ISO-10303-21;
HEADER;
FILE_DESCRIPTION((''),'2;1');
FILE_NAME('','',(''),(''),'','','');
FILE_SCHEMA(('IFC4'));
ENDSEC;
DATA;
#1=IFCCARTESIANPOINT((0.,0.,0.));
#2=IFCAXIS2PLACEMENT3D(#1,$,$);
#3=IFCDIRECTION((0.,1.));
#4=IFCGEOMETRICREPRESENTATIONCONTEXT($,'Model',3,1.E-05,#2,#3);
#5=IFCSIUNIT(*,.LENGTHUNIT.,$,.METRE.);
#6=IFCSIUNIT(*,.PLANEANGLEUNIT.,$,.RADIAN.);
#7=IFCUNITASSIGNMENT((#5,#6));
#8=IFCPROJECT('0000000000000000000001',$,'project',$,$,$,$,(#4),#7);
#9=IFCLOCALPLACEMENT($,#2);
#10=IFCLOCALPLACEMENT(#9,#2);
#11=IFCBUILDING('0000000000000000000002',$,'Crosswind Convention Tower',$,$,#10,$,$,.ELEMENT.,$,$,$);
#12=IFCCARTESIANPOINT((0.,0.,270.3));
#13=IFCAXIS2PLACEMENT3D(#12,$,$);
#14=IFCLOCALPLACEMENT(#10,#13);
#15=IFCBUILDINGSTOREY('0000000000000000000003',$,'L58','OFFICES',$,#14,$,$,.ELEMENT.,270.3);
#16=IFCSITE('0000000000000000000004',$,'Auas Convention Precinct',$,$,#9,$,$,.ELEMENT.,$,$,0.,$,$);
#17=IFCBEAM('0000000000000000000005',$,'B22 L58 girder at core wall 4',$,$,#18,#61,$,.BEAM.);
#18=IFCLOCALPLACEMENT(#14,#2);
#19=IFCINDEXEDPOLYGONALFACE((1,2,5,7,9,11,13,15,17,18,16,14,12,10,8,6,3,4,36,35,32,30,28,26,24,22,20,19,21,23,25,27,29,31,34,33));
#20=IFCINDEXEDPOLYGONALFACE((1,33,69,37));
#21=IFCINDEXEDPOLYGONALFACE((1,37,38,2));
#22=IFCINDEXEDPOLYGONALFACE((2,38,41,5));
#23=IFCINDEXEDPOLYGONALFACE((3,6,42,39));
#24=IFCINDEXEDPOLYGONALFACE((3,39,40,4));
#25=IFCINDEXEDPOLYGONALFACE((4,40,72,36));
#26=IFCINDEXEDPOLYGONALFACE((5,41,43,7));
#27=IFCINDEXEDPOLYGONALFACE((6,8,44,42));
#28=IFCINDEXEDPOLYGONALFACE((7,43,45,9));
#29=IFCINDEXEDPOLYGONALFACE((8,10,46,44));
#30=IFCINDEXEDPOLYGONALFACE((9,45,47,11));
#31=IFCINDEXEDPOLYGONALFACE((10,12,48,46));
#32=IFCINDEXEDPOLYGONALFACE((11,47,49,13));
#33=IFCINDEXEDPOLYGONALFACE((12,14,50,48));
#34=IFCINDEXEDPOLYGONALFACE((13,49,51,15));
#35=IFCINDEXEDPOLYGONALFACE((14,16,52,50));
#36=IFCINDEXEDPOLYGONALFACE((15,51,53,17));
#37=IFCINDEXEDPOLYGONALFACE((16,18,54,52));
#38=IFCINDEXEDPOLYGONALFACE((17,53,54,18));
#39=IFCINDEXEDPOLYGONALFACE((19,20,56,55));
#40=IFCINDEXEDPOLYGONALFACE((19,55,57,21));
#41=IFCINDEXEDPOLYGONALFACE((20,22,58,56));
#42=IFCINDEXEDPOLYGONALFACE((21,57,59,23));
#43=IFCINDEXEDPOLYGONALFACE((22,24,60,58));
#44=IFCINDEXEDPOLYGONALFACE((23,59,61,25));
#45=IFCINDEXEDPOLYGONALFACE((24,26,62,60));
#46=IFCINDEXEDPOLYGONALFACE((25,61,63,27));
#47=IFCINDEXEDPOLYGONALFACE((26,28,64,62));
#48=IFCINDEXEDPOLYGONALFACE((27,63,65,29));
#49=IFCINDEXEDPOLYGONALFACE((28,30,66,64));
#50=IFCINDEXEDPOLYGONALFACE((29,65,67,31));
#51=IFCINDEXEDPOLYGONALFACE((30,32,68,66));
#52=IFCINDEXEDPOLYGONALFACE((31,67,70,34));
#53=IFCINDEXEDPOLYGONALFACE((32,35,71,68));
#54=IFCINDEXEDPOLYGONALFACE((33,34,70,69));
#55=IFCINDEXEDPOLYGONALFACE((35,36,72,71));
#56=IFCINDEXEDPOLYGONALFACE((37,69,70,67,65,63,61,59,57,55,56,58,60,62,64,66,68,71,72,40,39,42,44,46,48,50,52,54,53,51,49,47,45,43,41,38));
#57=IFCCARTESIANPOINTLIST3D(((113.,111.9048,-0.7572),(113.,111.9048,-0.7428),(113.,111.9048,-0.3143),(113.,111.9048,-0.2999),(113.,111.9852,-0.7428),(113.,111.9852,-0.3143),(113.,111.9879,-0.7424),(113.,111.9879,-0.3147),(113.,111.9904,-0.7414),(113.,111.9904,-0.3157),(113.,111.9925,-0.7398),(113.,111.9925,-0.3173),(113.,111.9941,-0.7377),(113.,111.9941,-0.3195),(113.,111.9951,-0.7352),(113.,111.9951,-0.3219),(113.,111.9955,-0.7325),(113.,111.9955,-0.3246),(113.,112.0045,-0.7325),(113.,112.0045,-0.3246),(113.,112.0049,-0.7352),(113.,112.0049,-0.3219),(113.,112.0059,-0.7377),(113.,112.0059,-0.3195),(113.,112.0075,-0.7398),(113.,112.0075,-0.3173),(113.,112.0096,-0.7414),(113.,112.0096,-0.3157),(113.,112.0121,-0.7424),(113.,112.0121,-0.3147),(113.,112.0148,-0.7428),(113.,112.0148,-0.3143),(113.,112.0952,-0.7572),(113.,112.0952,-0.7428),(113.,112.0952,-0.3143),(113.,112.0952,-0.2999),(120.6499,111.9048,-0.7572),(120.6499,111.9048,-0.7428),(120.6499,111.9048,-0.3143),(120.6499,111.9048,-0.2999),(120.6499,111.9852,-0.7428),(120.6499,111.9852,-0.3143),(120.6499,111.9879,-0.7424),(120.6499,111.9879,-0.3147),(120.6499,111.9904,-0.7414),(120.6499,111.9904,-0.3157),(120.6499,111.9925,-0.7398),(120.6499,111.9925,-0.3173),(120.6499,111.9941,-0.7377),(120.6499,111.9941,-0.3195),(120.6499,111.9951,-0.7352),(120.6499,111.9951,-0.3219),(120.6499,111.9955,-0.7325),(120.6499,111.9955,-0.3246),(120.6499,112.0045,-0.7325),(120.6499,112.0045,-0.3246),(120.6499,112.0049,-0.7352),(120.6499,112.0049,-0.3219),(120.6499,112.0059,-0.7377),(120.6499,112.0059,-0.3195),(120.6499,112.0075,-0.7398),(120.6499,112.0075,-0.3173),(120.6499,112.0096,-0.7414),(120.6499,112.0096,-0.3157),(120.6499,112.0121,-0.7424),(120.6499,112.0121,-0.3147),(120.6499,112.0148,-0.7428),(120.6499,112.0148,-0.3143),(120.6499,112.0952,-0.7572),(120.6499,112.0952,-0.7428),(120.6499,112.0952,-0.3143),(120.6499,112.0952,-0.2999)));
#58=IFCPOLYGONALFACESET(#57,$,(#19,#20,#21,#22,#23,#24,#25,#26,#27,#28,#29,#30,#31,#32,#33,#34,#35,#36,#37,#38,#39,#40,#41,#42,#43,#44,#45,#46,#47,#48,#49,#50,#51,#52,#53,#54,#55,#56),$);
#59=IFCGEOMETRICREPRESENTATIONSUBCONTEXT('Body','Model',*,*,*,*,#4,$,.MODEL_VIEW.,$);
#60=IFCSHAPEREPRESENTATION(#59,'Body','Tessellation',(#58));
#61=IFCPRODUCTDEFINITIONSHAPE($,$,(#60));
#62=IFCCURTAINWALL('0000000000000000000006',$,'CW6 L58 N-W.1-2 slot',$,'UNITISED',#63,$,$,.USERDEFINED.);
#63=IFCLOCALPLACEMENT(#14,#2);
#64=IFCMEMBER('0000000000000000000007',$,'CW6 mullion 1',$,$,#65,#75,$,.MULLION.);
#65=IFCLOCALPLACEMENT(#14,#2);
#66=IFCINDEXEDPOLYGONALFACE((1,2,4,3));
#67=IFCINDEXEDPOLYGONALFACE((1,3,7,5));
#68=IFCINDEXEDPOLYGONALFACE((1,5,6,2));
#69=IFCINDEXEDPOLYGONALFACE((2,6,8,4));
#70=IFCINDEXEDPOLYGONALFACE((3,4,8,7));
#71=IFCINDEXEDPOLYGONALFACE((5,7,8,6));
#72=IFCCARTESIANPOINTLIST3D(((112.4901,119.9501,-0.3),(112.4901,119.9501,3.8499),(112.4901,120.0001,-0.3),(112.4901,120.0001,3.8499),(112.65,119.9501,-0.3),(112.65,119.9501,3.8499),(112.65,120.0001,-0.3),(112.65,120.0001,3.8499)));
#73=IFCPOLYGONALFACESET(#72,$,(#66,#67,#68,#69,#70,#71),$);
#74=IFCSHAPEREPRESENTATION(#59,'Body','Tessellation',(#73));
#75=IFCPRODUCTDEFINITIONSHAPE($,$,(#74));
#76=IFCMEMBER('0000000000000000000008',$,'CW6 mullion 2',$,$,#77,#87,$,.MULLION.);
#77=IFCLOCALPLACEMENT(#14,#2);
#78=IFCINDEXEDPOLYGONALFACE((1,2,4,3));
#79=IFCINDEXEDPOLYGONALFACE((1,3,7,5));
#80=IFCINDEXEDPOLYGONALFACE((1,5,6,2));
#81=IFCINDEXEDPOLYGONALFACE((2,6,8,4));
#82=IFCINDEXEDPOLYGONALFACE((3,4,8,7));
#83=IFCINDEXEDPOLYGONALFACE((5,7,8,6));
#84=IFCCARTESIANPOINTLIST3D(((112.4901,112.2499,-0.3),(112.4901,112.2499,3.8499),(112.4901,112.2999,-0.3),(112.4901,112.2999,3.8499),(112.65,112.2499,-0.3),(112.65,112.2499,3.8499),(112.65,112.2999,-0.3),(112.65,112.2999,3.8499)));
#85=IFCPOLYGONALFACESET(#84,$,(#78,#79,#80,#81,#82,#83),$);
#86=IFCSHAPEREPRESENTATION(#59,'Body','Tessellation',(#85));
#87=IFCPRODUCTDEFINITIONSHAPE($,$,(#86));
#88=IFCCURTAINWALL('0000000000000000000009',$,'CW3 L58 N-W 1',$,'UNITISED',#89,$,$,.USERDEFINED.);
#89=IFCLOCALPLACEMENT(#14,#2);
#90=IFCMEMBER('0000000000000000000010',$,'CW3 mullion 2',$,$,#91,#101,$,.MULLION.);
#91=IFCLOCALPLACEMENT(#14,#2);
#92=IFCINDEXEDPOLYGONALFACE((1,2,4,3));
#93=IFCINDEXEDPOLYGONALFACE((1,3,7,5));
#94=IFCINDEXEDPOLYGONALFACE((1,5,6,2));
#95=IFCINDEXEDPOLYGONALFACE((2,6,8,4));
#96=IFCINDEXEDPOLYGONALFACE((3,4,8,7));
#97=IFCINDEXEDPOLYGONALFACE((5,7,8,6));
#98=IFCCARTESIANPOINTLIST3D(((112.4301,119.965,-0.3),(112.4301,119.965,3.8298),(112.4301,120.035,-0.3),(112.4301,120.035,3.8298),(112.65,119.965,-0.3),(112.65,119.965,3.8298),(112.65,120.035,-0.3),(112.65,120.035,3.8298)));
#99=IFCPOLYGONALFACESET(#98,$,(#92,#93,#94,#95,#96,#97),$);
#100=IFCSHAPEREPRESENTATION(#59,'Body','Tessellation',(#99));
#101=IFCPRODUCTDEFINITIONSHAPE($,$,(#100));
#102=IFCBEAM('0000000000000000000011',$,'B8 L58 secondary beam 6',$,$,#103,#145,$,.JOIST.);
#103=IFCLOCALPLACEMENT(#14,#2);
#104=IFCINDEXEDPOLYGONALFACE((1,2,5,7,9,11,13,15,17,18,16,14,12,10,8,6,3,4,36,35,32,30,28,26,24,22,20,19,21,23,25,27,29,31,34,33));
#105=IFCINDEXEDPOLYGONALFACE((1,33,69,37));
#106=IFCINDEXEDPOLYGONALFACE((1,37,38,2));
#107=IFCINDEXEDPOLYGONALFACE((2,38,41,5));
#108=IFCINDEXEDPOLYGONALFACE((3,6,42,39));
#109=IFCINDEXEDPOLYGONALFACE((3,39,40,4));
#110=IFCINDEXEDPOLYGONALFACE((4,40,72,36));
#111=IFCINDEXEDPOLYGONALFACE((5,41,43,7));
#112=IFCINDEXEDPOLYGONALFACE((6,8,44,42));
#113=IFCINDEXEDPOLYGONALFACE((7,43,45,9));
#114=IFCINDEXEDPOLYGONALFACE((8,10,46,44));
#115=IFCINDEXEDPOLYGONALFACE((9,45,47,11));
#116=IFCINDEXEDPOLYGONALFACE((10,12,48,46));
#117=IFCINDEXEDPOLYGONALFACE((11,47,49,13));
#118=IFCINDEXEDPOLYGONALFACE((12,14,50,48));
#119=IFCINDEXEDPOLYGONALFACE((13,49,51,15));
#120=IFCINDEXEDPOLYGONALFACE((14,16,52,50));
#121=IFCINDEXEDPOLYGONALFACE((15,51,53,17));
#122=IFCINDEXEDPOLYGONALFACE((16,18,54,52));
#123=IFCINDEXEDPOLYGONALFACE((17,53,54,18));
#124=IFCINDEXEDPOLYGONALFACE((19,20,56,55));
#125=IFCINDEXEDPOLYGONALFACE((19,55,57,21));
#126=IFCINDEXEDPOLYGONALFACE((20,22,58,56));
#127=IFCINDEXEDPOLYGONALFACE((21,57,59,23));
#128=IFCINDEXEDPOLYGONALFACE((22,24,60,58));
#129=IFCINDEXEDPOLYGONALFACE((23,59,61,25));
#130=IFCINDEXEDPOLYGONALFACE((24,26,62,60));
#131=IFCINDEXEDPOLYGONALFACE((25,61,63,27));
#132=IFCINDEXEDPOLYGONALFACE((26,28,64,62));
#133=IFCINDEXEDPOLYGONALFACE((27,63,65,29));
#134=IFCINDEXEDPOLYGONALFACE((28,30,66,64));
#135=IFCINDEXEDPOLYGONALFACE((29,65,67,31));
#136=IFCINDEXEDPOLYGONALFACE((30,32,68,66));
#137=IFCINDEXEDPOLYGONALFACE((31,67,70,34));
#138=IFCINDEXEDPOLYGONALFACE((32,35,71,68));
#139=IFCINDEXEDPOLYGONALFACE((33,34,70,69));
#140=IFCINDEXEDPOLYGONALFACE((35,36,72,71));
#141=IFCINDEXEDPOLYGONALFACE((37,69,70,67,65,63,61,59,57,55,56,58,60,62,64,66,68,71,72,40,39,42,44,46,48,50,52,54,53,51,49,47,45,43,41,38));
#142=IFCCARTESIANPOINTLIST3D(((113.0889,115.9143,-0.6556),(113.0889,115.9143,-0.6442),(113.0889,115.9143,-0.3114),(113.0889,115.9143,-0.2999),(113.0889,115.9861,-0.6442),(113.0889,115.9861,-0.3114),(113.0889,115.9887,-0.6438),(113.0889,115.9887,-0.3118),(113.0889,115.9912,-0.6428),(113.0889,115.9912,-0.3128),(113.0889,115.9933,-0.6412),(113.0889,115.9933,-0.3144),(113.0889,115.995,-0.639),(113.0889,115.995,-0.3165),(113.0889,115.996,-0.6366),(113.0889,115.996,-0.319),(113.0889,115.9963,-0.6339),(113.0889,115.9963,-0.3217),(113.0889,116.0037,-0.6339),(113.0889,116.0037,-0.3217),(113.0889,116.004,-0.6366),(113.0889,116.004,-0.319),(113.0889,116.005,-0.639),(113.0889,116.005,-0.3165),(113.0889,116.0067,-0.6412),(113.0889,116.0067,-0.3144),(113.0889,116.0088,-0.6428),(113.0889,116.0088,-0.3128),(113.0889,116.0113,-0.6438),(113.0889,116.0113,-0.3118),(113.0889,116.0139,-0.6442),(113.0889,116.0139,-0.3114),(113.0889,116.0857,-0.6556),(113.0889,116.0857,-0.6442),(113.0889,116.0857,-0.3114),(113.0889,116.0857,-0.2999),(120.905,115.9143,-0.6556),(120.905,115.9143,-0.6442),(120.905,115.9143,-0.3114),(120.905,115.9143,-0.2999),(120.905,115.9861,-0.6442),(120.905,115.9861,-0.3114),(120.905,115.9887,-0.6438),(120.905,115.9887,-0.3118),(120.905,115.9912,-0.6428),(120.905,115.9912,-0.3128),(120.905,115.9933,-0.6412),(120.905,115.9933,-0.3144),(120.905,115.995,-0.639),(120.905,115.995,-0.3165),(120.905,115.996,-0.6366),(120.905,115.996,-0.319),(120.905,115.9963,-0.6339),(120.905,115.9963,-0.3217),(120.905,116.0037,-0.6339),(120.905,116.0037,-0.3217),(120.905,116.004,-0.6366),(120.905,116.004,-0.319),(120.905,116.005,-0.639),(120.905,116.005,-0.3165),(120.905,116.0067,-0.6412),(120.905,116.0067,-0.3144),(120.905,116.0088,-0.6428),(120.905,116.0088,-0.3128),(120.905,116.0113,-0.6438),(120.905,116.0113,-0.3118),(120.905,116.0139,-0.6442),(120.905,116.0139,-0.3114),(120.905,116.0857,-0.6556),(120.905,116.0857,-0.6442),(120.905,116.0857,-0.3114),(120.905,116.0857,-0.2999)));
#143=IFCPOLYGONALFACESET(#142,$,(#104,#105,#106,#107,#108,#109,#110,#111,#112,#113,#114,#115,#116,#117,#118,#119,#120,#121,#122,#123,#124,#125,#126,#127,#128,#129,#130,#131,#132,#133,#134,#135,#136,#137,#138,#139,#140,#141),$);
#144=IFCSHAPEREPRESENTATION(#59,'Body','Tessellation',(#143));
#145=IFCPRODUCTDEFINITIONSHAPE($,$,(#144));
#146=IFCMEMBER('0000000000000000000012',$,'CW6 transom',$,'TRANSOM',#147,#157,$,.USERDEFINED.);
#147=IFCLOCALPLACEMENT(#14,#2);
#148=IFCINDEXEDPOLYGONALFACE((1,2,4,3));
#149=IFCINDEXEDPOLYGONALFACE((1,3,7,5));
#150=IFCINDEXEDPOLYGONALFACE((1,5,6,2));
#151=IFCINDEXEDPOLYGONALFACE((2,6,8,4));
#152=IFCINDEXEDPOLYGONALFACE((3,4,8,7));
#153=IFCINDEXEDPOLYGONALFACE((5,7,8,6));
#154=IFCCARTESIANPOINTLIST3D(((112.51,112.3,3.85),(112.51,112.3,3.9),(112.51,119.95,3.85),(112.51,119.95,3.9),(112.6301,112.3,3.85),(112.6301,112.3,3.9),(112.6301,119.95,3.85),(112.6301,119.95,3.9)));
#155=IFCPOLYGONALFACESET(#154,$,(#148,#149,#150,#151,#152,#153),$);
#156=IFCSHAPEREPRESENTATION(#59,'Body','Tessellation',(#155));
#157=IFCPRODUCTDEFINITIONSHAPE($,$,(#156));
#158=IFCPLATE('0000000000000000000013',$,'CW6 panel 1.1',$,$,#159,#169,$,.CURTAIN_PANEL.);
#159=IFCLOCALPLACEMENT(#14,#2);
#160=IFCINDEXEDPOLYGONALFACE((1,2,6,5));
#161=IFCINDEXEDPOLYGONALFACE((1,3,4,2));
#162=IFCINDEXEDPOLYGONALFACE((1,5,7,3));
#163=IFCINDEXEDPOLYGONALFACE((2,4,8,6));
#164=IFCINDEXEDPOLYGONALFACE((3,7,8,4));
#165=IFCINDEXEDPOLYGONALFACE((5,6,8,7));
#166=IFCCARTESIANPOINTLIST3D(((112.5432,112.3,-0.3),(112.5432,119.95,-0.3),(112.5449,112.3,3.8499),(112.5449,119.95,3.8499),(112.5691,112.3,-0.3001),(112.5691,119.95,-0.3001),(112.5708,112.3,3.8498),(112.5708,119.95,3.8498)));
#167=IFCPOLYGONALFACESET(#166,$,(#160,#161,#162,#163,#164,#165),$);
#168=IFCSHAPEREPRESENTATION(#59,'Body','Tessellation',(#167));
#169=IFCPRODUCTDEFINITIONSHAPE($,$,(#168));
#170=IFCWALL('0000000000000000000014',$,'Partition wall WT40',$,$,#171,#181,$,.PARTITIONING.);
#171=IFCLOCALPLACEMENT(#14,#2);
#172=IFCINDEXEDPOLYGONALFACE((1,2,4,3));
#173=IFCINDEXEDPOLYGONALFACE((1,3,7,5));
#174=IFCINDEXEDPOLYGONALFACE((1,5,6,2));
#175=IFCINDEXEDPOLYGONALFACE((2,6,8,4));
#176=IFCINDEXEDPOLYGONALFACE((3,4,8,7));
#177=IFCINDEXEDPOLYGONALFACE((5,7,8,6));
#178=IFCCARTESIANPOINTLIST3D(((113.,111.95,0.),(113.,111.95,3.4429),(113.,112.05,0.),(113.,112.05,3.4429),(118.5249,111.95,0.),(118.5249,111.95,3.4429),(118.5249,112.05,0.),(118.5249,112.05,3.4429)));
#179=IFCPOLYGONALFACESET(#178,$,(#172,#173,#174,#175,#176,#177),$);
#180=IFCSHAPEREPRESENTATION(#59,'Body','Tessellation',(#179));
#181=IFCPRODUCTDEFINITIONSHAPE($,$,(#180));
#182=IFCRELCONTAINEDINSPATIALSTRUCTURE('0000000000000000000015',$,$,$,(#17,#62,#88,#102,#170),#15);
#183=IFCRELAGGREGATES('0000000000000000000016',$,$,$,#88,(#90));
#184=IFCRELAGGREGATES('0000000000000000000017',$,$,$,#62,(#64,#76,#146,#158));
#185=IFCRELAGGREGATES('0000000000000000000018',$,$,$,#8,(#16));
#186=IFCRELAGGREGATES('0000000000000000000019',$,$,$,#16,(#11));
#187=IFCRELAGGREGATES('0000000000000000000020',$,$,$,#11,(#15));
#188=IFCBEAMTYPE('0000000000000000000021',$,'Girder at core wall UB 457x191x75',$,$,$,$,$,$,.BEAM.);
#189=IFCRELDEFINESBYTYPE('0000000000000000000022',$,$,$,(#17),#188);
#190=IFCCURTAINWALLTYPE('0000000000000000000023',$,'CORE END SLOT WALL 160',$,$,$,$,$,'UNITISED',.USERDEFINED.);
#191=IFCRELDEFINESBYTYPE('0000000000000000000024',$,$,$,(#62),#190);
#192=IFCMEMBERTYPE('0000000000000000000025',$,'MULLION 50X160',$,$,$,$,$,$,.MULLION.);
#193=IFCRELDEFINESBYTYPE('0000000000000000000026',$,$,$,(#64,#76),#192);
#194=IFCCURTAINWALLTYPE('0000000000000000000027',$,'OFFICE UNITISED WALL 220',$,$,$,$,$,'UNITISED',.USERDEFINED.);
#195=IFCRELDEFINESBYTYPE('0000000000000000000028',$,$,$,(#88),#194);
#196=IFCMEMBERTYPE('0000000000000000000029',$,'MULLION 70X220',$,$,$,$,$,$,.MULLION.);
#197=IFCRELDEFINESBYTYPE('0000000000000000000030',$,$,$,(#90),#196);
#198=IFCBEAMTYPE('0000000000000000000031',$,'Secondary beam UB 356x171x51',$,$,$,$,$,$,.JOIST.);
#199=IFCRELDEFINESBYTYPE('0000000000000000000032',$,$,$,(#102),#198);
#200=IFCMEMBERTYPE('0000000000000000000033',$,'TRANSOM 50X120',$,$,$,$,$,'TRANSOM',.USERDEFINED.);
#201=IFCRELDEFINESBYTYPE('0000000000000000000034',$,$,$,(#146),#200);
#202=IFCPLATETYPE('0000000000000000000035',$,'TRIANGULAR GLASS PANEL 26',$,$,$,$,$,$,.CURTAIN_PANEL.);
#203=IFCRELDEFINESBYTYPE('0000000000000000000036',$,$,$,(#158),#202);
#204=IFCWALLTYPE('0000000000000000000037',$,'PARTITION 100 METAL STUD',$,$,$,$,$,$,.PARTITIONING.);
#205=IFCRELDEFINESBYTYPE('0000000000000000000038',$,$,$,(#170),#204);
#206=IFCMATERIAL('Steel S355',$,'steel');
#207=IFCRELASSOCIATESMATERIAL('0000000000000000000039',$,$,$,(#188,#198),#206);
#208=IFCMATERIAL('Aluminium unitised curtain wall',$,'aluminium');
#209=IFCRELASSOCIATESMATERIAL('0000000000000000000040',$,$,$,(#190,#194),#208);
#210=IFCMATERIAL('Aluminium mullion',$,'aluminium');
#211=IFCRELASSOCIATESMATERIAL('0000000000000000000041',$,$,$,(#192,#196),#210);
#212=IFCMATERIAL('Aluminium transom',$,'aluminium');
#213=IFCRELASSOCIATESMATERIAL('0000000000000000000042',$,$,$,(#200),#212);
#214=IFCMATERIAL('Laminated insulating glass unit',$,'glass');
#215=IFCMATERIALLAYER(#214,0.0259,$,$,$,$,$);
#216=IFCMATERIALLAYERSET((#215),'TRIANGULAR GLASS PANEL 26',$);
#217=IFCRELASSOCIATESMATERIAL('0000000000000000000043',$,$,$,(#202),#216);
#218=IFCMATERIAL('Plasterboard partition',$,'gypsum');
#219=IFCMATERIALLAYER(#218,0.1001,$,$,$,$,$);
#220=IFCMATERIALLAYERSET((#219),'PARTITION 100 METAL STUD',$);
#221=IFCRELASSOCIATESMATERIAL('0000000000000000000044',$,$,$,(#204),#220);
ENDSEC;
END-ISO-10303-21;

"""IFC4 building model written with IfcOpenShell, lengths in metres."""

from ifc_helpers import new_model, si_unit, direction, frame, frame_2d, origin, origin_2d, place, context, subcontext, project, spatial, polyline, rectangle, i_section, outline, extrude, material, layer, layer_set, material_profile, profile_set, type_object, element, aggregate, save


model = new_model("IFC4")

# Units and contexts
model_context = context("Model", 3, precision=1e-05, world=origin(), true_north=direction((0.0, 1.0)))
body_context = subcontext(model_context, "Body", "Model", "MODEL_VIEW")
ifc_project = project(units=[si_unit("LENGTHUNIT", "METRE"), si_unit("PLANEANGLEUNIT", "RADIAN")], contexts=[model_context])

# Site, building, storey
site_placement = place(None, origin())
site = spatial("IfcSite", under=ifc_project, at=site_placement, Name="Auas Convention Precinct", CompositionType="ELEMENT", RefElevation=0.0)
building_placement = place(site_placement, origin())
building = spatial("IfcBuilding", under=site, at=building_placement, Name="Crosswind Convention Tower", CompositionType="ELEMENT")
storey_placement = place(building_placement, frame((0.0, 0.0, 270.3)))
storey = spatial("IfcBuildingStorey", under=building, at=storey_placement, Name="L58", Description="OFFICES", CompositionType="ELEMENT", Elevation=270.3)

# Beam
ifc_material_1 = material(Name="Steel S355", Category="steel")
ifc_material_profile_1 = material_profile(ifc_material_1, i_section(OverallWidth=0.1904, OverallDepth=0.4573, WebThickness=0.009, FlangeThickness=0.0144, FilletRadius=0.0103, at=origin_2d()), Name="UB 457x191x75")
ifc_profile_set_1 = profile_set([ifc_material_profile_1], Name="Steel S355")
beam_type_1 = type_object("IfcBeamType", Name="Girder at core wall UB 457x191x75", PredefinedType="BEAM", material=ifc_profile_set_1)
beam_1_placement = place(storey_placement, frame((113.0, 112.0, -0.5286), z_axis=(1.0, 0.0, 0.0), x_axis=(0.0, 1.0, 0.0)))
element("IfcBeam", 1, at=beam_1_placement, inside=storey, type_object=beam_type_1, Name="B22 L58 girder at core wall 4", PredefinedType="BEAM", context=body_context, shape_type="SweptSolid", body=[
    extrude(i_section(OverallWidth=0.1904, OverallDepth=0.4573, WebThickness=0.009, FlangeThickness=0.0144, FilletRadius=0.0103, at=origin_2d()), origin(), (0.0, 0.0, 1.0), 7.6499),
])

# Curtain wall, members
ifc_material_2 = material(Name="Aluminium unitised curtain wall", Category="aluminium")
curtain_wall_type_1 = type_object("IfcCurtainWallType", Name="CORE END SLOT WALL 160", ElementType="UNITISED", PredefinedType="USERDEFINED", material=ifc_material_2)
curtain_wall_1_placement = place(storey_placement, origin())
curtain_wall_1 = element("IfcCurtainWall", 2, at=curtain_wall_1_placement, inside=storey, type_object=curtain_wall_type_1, Name="CW6 L58 N-W.1-2 slot", ObjectType="UNITISED", PredefinedType="USERDEFINED")
ifc_material_3 = material(Name="Aluminium mullion", Category="aluminium")
ifc_material_profile_2 = material_profile(ifc_material_3, rectangle(XDim=0.1599, YDim=0.05, at=origin_2d()), Name="AL 160X50")
ifc_profile_set_2 = profile_set([ifc_material_profile_2], Name="Aluminium mullion")
member_type_1 = type_object("IfcMemberType", Name="MULLION 50X160", PredefinedType="MULLION", material=ifc_profile_set_2)
member_1_placement = place(storey_placement, frame((112.5701, 119.9751, -0.3), z_axis=(0.0, 0.0, 1.0), x_axis=(-1.0, 0.0, 0.0)))
member_1 = element("IfcMember", 3, at=member_1_placement, type_object=member_type_1, Name="CW6 mullion 1", PredefinedType="MULLION", context=body_context, shape_type="SweptSolid", body=[
    extrude(rectangle(XDim=0.1599, YDim=0.05, at=origin_2d()), origin(), (0.0, 0.0, 1.0), 4.1499),
])
member_2_placement = place(storey_placement, frame((112.5701, 112.2749, -0.3), z_axis=(0.0, 0.0, 1.0), x_axis=(-1.0, 0.0, 0.0)))
member_2 = element("IfcMember", 4, at=member_2_placement, type_object=member_type_1, Name="CW6 mullion 2", PredefinedType="MULLION", context=body_context, shape_type="SweptSolid", body=[
    extrude(rectangle(XDim=0.1599, YDim=0.05, at=origin_2d()), origin(), (0.0, 0.0, 1.0), 4.1499),
])

# Curtain wall, member
curtain_wall_type_2 = type_object("IfcCurtainWallType", Name="OFFICE UNITISED WALL 220", ElementType="UNITISED", PredefinedType="USERDEFINED", material=ifc_material_2)
curtain_wall_2_placement = place(storey_placement, origin())
curtain_wall_2 = element("IfcCurtainWall", 5, at=curtain_wall_2_placement, inside=storey, type_object=curtain_wall_type_2, Name="CW3 L58 N-W 1", ObjectType="UNITISED", PredefinedType="USERDEFINED")
ifc_material_profile_3 = material_profile(ifc_material_3, rectangle(XDim=0.22, YDim=0.0701, at=origin_2d()), Name="AL 220X70")
ifc_profile_set_3 = profile_set([ifc_material_profile_3], Name="Aluminium mullion")
member_type_2 = type_object("IfcMemberType", Name="MULLION 70X220", PredefinedType="MULLION", material=ifc_profile_set_3)
member_3_placement = place(storey_placement, frame((112.54, 120.0, -0.3), z_axis=(0.0, 0.0, 1.0), x_axis=(-1.0, 0.0, 0.0)))
member_3 = element("IfcMember", 6, at=member_3_placement, type_object=member_type_2, Name="CW3 mullion 2", PredefinedType="MULLION", context=body_context, shape_type="SweptSolid", body=[
    extrude(rectangle(XDim=0.22, YDim=0.0701, at=origin_2d()), origin(), (0.0, 0.0, 1.0), 4.1299),
])
aggregate(curtain_wall_2, [member_3])

# Beam
ifc_material_profile_4 = material_profile(ifc_material_1, i_section(OverallWidth=0.1714, OverallDepth=0.3557, WebThickness=0.0073, FlangeThickness=0.0115, FilletRadius=0.0103, at=origin_2d()), Name="UB 356x171x51")
ifc_profile_set_4 = profile_set([ifc_material_profile_4], Name="Steel S355")
beam_type_2 = type_object("IfcBeamType", Name="Secondary beam UB 356x171x51", PredefinedType="JOIST", material=ifc_profile_set_4)
beam_2_placement = place(storey_placement, frame((113.0889, 116.0, -0.4778), z_axis=(1.0, 0.0, 0.0), x_axis=(0.0, 1.0, 0.0)))
element("IfcBeam", 7, at=beam_2_placement, inside=storey, type_object=beam_type_2, Name="B8 L58 secondary beam 6", PredefinedType="JOIST", context=body_context, shape_type="SweptSolid", body=[
    extrude(i_section(OverallWidth=0.1714, OverallDepth=0.3557, WebThickness=0.0073, FlangeThickness=0.0115, FilletRadius=0.0103, at=origin_2d()), origin(), (0.0, 0.0, 1.0), 7.8162),
])

# Member
ifc_material_4 = material(Name="Aluminium transom", Category="aluminium")
ifc_material_profile_5 = material_profile(ifc_material_4, rectangle(XDim=0.1201, YDim=0.05, at=origin_2d()), Name="AL 120X50")
ifc_profile_set_5 = profile_set([ifc_material_profile_5], Name="Aluminium transom")
member_type_3 = type_object("IfcMemberType", Name="TRANSOM 50X120", ElementType="TRANSOM", PredefinedType="USERDEFINED", material=ifc_profile_set_5)
member_4_placement = place(storey_placement, frame((112.5701, 119.95, 3.875), z_axis=(0.0, -1.0, 0.0), x_axis=(1.0, 0.0, 0.0)))
member_4 = element("IfcMember", 8, at=member_4_placement, type_object=member_type_3, Name="CW6 transom", ObjectType="TRANSOM", PredefinedType="USERDEFINED", context=body_context, shape_type="SweptSolid", body=[
    extrude(rectangle(XDim=0.1201, YDim=0.05, at=origin_2d()), origin(), (0.0, 0.0, 1.0), 7.6499),
])

# Plate
ifc_material_5 = material(Name="Laminated insulating glass unit", Category="glass")
ifc_layer_1 = layer(ifc_material_5, 0.0259)
ifc_layer_set_1 = layer_set([ifc_layer_1], Name="TRIANGULAR GLASS PANEL 26")
plate_type = type_object("IfcPlateType", Name="TRIANGULAR GLASS PANEL 26", PredefinedType="CURTAIN_PANEL", material=ifc_layer_set_1)
plate_placement = place(storey_placement, frame((112.5432, 119.95, -0.3), z_axis=(-1.0, 0.0, 0.000412), x_axis=(0.0, -1.0, 0.0)))
plate = element("IfcPlate", 9, at=plate_placement, type_object=plate_type, Name="CW6 panel 1.1", PredefinedType="CURTAIN_PANEL", context=body_context, shape_type="SweptSolid", body=[
    extrude(outline(polyline([(0.0, 0.0), (7.6499, 0.0), (7.6499, 4.1499), (0.0, 4.1499), (0.0, 0.0)])), origin(), (0.0, 0.0, -1.0), 0.0259),
])
aggregate(curtain_wall_1, [member_1, member_2, member_4, plate])

# Wall
ifc_material_6 = material(Name="Plasterboard partition", Category="gypsum")
ifc_layer_2 = layer(ifc_material_6, 0.1001)
ifc_layer_set_2 = layer_set([ifc_layer_2], Name="PARTITION 100 METAL STUD")
wall_type_1 = type_object("IfcWallType", Name="PARTITION 100 METAL STUD", PredefinedType="PARTITIONING", material=ifc_layer_set_2)
wall_1_placement = place(storey_placement, frame((113.0, 112.0, 0.0), z_axis=(0.0, 0.0, 1.0), x_axis=(1.0, 0.0, 0.0)))
element("IfcWall", 10, at=wall_1_placement, inside=storey, type_object=wall_type_1, Name="Partition wall WT40", PredefinedType="PARTITIONING", context=body_context, shape_type="SweptSolid", body=[
    extrude(rectangle(XDim=5.5249, YDim=0.1001, at=frame_2d((2.7625, 0.0))), origin(), (0.0, 0.0, 1.0), 3.4429),
])

save(model, "model.ifc")
